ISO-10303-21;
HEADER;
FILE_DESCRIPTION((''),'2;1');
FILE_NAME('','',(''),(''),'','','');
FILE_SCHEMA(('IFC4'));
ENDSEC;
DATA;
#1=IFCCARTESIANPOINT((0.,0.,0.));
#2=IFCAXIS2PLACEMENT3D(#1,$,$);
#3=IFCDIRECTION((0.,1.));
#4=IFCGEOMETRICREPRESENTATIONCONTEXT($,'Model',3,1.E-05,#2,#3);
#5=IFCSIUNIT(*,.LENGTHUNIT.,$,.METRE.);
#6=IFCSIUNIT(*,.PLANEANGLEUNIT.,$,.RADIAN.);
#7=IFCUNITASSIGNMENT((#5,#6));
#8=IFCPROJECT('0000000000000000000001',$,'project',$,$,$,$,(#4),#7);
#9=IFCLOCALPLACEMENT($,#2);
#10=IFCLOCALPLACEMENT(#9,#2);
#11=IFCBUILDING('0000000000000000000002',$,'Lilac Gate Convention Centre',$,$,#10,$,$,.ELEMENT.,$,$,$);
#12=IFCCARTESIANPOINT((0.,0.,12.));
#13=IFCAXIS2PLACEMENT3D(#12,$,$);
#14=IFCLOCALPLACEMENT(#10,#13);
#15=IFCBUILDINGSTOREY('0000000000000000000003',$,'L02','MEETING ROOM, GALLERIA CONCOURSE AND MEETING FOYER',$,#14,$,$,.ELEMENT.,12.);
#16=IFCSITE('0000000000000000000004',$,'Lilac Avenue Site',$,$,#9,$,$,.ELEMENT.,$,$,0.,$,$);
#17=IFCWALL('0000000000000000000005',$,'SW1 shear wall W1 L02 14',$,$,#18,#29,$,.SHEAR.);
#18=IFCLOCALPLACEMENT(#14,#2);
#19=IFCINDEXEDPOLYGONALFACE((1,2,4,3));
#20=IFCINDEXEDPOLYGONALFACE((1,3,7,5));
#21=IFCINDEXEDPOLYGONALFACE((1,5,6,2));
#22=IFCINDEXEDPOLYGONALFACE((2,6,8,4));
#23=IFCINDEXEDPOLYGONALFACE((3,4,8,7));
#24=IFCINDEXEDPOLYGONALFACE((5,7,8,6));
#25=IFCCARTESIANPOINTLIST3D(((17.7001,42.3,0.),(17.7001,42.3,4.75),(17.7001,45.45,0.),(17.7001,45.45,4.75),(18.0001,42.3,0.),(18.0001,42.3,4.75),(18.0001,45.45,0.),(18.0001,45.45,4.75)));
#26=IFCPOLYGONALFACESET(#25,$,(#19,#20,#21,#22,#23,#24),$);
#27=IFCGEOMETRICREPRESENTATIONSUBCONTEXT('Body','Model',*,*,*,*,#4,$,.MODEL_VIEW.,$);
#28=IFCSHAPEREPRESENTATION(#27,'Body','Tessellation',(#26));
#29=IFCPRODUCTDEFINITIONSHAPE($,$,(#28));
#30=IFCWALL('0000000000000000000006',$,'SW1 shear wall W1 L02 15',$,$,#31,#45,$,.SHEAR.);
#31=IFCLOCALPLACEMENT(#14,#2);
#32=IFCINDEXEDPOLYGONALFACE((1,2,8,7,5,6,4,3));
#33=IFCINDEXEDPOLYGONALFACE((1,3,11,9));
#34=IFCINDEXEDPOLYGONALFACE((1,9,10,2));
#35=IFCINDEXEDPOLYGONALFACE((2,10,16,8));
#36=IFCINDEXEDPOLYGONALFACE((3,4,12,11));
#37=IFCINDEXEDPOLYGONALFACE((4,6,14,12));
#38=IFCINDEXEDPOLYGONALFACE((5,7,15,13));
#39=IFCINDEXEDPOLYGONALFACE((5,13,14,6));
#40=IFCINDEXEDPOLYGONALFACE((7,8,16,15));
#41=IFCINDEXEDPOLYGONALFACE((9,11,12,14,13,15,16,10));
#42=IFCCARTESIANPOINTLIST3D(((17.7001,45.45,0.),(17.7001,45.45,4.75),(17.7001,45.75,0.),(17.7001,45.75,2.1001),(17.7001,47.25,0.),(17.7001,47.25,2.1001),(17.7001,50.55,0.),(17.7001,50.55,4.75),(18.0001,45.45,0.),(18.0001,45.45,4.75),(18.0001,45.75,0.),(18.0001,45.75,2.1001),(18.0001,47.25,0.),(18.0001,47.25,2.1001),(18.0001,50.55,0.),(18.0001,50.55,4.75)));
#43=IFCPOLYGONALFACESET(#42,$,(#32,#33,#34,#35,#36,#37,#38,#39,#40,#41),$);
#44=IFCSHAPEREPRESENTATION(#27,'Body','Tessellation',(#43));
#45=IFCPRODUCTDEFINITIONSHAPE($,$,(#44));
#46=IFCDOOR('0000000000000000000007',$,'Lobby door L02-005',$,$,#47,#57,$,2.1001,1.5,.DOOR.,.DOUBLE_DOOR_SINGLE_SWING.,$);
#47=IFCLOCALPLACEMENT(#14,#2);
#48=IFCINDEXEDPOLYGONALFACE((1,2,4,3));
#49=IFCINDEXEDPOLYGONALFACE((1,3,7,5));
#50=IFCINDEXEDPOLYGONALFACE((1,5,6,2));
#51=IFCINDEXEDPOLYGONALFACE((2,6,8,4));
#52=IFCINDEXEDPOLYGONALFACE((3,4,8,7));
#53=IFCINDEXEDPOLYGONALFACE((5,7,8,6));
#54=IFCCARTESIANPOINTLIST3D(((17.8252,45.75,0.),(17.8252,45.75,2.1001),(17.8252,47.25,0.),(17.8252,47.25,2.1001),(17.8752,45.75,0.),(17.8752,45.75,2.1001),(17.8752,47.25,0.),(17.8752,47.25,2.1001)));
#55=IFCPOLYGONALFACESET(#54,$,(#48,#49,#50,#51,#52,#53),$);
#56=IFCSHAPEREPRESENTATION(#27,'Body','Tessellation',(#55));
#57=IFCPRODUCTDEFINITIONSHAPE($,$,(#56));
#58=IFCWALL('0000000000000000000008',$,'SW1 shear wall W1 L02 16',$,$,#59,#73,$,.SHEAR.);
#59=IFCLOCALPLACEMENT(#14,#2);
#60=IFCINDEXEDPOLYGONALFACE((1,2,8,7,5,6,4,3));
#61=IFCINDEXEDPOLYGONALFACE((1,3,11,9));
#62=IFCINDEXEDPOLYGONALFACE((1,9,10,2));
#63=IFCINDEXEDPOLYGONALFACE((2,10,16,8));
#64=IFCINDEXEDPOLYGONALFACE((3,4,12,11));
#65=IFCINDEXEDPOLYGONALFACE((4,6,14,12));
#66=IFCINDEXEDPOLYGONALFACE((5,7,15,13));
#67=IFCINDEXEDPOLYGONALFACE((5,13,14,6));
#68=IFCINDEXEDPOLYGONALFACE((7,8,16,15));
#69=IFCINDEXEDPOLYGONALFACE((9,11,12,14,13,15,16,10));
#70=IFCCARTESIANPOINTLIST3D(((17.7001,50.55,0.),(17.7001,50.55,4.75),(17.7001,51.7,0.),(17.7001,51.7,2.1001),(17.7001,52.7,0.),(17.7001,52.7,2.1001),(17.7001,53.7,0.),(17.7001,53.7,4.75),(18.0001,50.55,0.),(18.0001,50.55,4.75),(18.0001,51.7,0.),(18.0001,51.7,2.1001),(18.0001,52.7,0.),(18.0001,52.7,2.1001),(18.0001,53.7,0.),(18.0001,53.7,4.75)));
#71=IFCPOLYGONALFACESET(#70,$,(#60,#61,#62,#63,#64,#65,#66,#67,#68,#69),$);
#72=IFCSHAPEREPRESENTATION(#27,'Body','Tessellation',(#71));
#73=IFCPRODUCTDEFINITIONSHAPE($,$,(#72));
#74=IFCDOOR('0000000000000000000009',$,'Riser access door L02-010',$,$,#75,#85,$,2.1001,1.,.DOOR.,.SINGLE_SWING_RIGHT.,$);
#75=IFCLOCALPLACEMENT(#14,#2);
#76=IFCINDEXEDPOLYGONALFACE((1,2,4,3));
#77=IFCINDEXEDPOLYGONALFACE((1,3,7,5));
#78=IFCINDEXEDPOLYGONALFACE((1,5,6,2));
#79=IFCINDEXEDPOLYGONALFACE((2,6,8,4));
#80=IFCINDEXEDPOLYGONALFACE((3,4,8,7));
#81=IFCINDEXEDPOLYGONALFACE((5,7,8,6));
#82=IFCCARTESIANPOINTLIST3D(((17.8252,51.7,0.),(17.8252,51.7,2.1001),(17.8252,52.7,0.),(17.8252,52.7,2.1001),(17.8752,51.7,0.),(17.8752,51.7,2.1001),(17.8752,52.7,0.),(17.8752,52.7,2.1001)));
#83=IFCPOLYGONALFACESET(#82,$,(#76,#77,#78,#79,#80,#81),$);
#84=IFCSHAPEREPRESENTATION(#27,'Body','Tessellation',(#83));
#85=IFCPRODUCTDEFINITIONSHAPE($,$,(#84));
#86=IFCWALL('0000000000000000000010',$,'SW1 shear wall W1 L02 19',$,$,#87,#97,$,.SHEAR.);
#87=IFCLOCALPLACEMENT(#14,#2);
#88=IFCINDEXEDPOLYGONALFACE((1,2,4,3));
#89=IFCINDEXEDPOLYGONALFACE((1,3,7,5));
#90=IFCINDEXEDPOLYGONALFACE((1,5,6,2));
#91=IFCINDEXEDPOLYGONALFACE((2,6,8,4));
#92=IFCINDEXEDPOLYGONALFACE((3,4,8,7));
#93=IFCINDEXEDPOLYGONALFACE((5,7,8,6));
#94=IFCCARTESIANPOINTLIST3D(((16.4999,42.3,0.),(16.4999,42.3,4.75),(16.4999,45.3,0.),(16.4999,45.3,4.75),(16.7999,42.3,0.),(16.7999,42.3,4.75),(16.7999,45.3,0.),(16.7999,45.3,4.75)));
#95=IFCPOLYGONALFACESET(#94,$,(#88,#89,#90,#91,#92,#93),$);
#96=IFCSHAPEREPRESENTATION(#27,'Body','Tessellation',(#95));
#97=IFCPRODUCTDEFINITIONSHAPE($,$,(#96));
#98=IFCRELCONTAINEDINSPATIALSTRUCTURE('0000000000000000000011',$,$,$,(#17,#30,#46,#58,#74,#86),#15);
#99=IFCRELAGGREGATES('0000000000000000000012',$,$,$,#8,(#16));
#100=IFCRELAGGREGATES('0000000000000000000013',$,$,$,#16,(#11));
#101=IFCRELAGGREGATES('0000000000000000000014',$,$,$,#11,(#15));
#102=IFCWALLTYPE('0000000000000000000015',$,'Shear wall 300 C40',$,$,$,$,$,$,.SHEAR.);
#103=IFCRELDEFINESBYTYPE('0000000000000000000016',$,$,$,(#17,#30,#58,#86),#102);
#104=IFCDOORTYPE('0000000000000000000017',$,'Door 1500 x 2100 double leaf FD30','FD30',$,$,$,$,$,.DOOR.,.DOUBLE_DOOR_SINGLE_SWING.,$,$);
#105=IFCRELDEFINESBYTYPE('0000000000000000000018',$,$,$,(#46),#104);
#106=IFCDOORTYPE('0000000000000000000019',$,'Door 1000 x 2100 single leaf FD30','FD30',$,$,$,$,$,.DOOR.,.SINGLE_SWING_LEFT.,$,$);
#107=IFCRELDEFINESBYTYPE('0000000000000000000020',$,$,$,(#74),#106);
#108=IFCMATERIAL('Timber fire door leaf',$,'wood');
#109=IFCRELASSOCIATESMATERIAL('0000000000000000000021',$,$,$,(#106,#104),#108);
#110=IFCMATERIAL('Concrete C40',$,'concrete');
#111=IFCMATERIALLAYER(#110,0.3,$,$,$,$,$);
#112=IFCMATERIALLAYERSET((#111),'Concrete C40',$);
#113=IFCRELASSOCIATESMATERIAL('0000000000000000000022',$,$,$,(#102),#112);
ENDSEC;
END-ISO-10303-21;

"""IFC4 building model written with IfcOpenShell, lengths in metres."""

from ifc_helpers import new_model, si_unit, direction, frame, frame_2d, origin, place, context, subcontext, project, spatial, rectangle, extrude, material, layer, layer_set, type_object, element, fill, save


model = new_model("IFC4")

# Units and contexts
model_context = context("Model", 3, precision=1e-05, world=origin(), true_north=direction((0.0, 1.0)))
body_context = subcontext(model_context, "Body", "Model", "MODEL_VIEW")
ifc_project = project(units=[si_unit("LENGTHUNIT", "METRE"), si_unit("PLANEANGLEUNIT", "RADIAN")], contexts=[model_context])

# Site, building, storey
site_placement = place(None, origin())
site = spatial("IfcSite", under=ifc_project, at=site_placement, Name="Lilac Avenue Site", CompositionType="ELEMENT", RefElevation=0.0)
building_placement = place(site_placement, origin())
building = spatial("IfcBuilding", under=site, at=building_placement, Name="Lilac Gate Convention Centre", CompositionType="ELEMENT")
storey_placement = place(building_placement, frame((0.0, 0.0, 12.0)))
storey = spatial("IfcBuildingStorey", under=building, at=storey_placement, Name="L02", Description="MEETING ROOM, GALLERIA CONCOURSE AND MEETING FOYER", CompositionType="ELEMENT", Elevation=12.0)

# Shared definitions
ifc_material_1 = material(Name="Concrete C40", Category="concrete")

# Shared definitions
ifc_material_2 = material(Name="Timber fire door leaf", Category="wood")
door_type_1 = type_object("IfcDoorType", Name="Door 1000 x 2100 single leaf FD30", Description="FD30", OperationType="SINGLE_SWING_LEFT", PredefinedType="DOOR", material=ifc_material_2)

# Shared definitions
ifc_layer_1 = layer(ifc_material_1, 0.3)
ifc_layer_set_1 = layer_set([ifc_layer_1], Name="Concrete C40")
wall_type_1 = type_object("IfcWallType", Name="Shear wall 300 C40", PredefinedType="SHEAR", material=ifc_layer_set_1)

# Wall
wall_1_placement = place(storey_placement, frame((17.8501, 42.3, 0.0), z_axis=(0.0, 0.0, 1.0), x_axis=(0.0, 1.0, 0.0)))
element("IfcWall", 1, at=wall_1_placement, inside=storey, type_object=wall_type_1, Name="SW1 shear wall W1 L02 14", PredefinedType="SHEAR", context=body_context, shape_type="SweptSolid", body=[
    extrude(rectangle(XDim=3.1499, YDim=0.3, at=frame_2d((1.575, 0.0))), origin(), (0.0, 0.0, 1.0), 4.75),
])

# Walls, openings, doors
wall_2_placement = place(storey_placement, frame((17.8501, 45.45, 0.0), z_axis=(0.0, 0.0, 1.0), x_axis=(0.0, 1.0, 0.0)))
wall_2 = element("IfcWall", 2, at=wall_2_placement, inside=storey, type_object=wall_type_1, Name="SW1 shear wall W1 L02 15", PredefinedType="SHEAR", context=body_context, shape_type="SweptSolid", body=[
    extrude(rectangle(XDim=5.1001, YDim=0.3, at=frame_2d((2.55, 0.0))), origin(), (0.0, 0.0, 1.0), 4.75),
])
opening_1_placement = place(wall_2_placement, frame((0.3, 0.0, 0.0)))
opening_1 = element("IfcOpeningElement", 3, at=opening_1_placement, cuts=wall_2, PredefinedType="OPENING", context=body_context, shape_type="SweptSolid", body=[
    extrude(rectangle(XDim=1.5, YDim=2.1001, at=frame_2d((0.75, 1.05))), frame((0.0, 0.1599, 0.0), z_axis=(0.0, -1.0, 0.0), x_axis=(1.0, 0.0, 0.0)), (0.0, 0.0, 1.0), 0.3201),
])
door_type_2 = type_object("IfcDoorType", Name="Door 1500 x 2100 double leaf FD30", Description="FD30", OperationType="DOUBLE_DOOR_SINGLE_SWING", PredefinedType="DOOR", material=ifc_material_2)
door_1_placement = place(opening_1_placement, origin())
door_1 = element("IfcDoor", 4, at=door_1_placement, inside=storey, type_object=door_type_2, Name="Lobby door L02-005", OperationType="DOUBLE_DOOR_SINGLE_SWING", OverallHeight=2.1001, OverallWidth=1.5, PredefinedType="DOOR", context=body_context, shape_type="SweptSolid", body=[
    extrude(rectangle(XDim=1.5, YDim=2.1001, at=frame_2d((0.75, 1.05))), frame((0.0, 0.0249, 0.0), z_axis=(0.0, -1.0, 0.0), x_axis=(1.0, 0.0, 0.0)), (0.0, 0.0, 1.0), 0.05),
])
fill(opening_1, door_1)
wall_3_placement = place(storey_placement, frame((17.8501, 50.55, 0.0), z_axis=(0.0, 0.0, 1.0), x_axis=(0.0, 1.0, 0.0)))
wall_3 = element("IfcWall", 5, at=wall_3_placement, inside=storey, type_object=wall_type_1, Name="SW1 shear wall W1 L02 16", PredefinedType="SHEAR", context=body_context, shape_type="SweptSolid", body=[
    extrude(rectangle(XDim=3.1499, YDim=0.3, at=frame_2d((1.575, 0.0))), origin(), (0.0, 0.0, 1.0), 4.75),
])
opening_2_placement = place(wall_3_placement, frame((1.1499, 0.0, 0.0)))
opening_2 = element("IfcOpeningElement", 6, at=opening_2_placement, cuts=wall_3, PredefinedType="OPENING", context=body_context, shape_type="SweptSolid", body=[
    extrude(rectangle(XDim=1.0, YDim=2.1001, at=frame_2d((0.5, 1.05))), frame((0.0, 0.1599, 0.0), z_axis=(0.0, -1.0, 0.0), x_axis=(1.0, 0.0, 0.0)), (0.0, 0.0, 1.0), 0.3201),
])
door_2_placement = place(opening_2_placement, origin())
door_2 = element("IfcDoor", 7, at=door_2_placement, inside=storey, type_object=door_type_1, Name="Riser access door L02-010", OperationType="SINGLE_SWING_RIGHT", OverallHeight=2.1001, OverallWidth=1.0, PredefinedType="DOOR", context=body_context, shape_type="SweptSolid", body=[
    extrude(rectangle(XDim=1.0, YDim=2.1001, at=frame_2d((0.5, 1.05))), frame((0.0, 0.0249, 0.0), z_axis=(0.0, -1.0, 0.0), x_axis=(1.0, 0.0, 0.0)), (0.0, 0.0, 1.0), 0.05),
])
fill(opening_2, door_2)

# Wall
wall_4_placement = place(storey_placement, frame((16.6499, 42.3, 0.0), z_axis=(0.0, 0.0, 1.0), x_axis=(0.0, 1.0, 0.0)))
element("IfcWall", 8, at=wall_4_placement, inside=storey, type_object=wall_type_1, Name="SW1 shear wall W1 L02 19", PredefinedType="SHEAR", context=body_context, shape_type="SweptSolid", body=[
    extrude(rectangle(XDim=3.0, YDim=0.3, at=frame_2d((1.5, 0.0))), origin(), (0.0, 0.0, 1.0), 4.75),
])

save(model, "model.ifc")
